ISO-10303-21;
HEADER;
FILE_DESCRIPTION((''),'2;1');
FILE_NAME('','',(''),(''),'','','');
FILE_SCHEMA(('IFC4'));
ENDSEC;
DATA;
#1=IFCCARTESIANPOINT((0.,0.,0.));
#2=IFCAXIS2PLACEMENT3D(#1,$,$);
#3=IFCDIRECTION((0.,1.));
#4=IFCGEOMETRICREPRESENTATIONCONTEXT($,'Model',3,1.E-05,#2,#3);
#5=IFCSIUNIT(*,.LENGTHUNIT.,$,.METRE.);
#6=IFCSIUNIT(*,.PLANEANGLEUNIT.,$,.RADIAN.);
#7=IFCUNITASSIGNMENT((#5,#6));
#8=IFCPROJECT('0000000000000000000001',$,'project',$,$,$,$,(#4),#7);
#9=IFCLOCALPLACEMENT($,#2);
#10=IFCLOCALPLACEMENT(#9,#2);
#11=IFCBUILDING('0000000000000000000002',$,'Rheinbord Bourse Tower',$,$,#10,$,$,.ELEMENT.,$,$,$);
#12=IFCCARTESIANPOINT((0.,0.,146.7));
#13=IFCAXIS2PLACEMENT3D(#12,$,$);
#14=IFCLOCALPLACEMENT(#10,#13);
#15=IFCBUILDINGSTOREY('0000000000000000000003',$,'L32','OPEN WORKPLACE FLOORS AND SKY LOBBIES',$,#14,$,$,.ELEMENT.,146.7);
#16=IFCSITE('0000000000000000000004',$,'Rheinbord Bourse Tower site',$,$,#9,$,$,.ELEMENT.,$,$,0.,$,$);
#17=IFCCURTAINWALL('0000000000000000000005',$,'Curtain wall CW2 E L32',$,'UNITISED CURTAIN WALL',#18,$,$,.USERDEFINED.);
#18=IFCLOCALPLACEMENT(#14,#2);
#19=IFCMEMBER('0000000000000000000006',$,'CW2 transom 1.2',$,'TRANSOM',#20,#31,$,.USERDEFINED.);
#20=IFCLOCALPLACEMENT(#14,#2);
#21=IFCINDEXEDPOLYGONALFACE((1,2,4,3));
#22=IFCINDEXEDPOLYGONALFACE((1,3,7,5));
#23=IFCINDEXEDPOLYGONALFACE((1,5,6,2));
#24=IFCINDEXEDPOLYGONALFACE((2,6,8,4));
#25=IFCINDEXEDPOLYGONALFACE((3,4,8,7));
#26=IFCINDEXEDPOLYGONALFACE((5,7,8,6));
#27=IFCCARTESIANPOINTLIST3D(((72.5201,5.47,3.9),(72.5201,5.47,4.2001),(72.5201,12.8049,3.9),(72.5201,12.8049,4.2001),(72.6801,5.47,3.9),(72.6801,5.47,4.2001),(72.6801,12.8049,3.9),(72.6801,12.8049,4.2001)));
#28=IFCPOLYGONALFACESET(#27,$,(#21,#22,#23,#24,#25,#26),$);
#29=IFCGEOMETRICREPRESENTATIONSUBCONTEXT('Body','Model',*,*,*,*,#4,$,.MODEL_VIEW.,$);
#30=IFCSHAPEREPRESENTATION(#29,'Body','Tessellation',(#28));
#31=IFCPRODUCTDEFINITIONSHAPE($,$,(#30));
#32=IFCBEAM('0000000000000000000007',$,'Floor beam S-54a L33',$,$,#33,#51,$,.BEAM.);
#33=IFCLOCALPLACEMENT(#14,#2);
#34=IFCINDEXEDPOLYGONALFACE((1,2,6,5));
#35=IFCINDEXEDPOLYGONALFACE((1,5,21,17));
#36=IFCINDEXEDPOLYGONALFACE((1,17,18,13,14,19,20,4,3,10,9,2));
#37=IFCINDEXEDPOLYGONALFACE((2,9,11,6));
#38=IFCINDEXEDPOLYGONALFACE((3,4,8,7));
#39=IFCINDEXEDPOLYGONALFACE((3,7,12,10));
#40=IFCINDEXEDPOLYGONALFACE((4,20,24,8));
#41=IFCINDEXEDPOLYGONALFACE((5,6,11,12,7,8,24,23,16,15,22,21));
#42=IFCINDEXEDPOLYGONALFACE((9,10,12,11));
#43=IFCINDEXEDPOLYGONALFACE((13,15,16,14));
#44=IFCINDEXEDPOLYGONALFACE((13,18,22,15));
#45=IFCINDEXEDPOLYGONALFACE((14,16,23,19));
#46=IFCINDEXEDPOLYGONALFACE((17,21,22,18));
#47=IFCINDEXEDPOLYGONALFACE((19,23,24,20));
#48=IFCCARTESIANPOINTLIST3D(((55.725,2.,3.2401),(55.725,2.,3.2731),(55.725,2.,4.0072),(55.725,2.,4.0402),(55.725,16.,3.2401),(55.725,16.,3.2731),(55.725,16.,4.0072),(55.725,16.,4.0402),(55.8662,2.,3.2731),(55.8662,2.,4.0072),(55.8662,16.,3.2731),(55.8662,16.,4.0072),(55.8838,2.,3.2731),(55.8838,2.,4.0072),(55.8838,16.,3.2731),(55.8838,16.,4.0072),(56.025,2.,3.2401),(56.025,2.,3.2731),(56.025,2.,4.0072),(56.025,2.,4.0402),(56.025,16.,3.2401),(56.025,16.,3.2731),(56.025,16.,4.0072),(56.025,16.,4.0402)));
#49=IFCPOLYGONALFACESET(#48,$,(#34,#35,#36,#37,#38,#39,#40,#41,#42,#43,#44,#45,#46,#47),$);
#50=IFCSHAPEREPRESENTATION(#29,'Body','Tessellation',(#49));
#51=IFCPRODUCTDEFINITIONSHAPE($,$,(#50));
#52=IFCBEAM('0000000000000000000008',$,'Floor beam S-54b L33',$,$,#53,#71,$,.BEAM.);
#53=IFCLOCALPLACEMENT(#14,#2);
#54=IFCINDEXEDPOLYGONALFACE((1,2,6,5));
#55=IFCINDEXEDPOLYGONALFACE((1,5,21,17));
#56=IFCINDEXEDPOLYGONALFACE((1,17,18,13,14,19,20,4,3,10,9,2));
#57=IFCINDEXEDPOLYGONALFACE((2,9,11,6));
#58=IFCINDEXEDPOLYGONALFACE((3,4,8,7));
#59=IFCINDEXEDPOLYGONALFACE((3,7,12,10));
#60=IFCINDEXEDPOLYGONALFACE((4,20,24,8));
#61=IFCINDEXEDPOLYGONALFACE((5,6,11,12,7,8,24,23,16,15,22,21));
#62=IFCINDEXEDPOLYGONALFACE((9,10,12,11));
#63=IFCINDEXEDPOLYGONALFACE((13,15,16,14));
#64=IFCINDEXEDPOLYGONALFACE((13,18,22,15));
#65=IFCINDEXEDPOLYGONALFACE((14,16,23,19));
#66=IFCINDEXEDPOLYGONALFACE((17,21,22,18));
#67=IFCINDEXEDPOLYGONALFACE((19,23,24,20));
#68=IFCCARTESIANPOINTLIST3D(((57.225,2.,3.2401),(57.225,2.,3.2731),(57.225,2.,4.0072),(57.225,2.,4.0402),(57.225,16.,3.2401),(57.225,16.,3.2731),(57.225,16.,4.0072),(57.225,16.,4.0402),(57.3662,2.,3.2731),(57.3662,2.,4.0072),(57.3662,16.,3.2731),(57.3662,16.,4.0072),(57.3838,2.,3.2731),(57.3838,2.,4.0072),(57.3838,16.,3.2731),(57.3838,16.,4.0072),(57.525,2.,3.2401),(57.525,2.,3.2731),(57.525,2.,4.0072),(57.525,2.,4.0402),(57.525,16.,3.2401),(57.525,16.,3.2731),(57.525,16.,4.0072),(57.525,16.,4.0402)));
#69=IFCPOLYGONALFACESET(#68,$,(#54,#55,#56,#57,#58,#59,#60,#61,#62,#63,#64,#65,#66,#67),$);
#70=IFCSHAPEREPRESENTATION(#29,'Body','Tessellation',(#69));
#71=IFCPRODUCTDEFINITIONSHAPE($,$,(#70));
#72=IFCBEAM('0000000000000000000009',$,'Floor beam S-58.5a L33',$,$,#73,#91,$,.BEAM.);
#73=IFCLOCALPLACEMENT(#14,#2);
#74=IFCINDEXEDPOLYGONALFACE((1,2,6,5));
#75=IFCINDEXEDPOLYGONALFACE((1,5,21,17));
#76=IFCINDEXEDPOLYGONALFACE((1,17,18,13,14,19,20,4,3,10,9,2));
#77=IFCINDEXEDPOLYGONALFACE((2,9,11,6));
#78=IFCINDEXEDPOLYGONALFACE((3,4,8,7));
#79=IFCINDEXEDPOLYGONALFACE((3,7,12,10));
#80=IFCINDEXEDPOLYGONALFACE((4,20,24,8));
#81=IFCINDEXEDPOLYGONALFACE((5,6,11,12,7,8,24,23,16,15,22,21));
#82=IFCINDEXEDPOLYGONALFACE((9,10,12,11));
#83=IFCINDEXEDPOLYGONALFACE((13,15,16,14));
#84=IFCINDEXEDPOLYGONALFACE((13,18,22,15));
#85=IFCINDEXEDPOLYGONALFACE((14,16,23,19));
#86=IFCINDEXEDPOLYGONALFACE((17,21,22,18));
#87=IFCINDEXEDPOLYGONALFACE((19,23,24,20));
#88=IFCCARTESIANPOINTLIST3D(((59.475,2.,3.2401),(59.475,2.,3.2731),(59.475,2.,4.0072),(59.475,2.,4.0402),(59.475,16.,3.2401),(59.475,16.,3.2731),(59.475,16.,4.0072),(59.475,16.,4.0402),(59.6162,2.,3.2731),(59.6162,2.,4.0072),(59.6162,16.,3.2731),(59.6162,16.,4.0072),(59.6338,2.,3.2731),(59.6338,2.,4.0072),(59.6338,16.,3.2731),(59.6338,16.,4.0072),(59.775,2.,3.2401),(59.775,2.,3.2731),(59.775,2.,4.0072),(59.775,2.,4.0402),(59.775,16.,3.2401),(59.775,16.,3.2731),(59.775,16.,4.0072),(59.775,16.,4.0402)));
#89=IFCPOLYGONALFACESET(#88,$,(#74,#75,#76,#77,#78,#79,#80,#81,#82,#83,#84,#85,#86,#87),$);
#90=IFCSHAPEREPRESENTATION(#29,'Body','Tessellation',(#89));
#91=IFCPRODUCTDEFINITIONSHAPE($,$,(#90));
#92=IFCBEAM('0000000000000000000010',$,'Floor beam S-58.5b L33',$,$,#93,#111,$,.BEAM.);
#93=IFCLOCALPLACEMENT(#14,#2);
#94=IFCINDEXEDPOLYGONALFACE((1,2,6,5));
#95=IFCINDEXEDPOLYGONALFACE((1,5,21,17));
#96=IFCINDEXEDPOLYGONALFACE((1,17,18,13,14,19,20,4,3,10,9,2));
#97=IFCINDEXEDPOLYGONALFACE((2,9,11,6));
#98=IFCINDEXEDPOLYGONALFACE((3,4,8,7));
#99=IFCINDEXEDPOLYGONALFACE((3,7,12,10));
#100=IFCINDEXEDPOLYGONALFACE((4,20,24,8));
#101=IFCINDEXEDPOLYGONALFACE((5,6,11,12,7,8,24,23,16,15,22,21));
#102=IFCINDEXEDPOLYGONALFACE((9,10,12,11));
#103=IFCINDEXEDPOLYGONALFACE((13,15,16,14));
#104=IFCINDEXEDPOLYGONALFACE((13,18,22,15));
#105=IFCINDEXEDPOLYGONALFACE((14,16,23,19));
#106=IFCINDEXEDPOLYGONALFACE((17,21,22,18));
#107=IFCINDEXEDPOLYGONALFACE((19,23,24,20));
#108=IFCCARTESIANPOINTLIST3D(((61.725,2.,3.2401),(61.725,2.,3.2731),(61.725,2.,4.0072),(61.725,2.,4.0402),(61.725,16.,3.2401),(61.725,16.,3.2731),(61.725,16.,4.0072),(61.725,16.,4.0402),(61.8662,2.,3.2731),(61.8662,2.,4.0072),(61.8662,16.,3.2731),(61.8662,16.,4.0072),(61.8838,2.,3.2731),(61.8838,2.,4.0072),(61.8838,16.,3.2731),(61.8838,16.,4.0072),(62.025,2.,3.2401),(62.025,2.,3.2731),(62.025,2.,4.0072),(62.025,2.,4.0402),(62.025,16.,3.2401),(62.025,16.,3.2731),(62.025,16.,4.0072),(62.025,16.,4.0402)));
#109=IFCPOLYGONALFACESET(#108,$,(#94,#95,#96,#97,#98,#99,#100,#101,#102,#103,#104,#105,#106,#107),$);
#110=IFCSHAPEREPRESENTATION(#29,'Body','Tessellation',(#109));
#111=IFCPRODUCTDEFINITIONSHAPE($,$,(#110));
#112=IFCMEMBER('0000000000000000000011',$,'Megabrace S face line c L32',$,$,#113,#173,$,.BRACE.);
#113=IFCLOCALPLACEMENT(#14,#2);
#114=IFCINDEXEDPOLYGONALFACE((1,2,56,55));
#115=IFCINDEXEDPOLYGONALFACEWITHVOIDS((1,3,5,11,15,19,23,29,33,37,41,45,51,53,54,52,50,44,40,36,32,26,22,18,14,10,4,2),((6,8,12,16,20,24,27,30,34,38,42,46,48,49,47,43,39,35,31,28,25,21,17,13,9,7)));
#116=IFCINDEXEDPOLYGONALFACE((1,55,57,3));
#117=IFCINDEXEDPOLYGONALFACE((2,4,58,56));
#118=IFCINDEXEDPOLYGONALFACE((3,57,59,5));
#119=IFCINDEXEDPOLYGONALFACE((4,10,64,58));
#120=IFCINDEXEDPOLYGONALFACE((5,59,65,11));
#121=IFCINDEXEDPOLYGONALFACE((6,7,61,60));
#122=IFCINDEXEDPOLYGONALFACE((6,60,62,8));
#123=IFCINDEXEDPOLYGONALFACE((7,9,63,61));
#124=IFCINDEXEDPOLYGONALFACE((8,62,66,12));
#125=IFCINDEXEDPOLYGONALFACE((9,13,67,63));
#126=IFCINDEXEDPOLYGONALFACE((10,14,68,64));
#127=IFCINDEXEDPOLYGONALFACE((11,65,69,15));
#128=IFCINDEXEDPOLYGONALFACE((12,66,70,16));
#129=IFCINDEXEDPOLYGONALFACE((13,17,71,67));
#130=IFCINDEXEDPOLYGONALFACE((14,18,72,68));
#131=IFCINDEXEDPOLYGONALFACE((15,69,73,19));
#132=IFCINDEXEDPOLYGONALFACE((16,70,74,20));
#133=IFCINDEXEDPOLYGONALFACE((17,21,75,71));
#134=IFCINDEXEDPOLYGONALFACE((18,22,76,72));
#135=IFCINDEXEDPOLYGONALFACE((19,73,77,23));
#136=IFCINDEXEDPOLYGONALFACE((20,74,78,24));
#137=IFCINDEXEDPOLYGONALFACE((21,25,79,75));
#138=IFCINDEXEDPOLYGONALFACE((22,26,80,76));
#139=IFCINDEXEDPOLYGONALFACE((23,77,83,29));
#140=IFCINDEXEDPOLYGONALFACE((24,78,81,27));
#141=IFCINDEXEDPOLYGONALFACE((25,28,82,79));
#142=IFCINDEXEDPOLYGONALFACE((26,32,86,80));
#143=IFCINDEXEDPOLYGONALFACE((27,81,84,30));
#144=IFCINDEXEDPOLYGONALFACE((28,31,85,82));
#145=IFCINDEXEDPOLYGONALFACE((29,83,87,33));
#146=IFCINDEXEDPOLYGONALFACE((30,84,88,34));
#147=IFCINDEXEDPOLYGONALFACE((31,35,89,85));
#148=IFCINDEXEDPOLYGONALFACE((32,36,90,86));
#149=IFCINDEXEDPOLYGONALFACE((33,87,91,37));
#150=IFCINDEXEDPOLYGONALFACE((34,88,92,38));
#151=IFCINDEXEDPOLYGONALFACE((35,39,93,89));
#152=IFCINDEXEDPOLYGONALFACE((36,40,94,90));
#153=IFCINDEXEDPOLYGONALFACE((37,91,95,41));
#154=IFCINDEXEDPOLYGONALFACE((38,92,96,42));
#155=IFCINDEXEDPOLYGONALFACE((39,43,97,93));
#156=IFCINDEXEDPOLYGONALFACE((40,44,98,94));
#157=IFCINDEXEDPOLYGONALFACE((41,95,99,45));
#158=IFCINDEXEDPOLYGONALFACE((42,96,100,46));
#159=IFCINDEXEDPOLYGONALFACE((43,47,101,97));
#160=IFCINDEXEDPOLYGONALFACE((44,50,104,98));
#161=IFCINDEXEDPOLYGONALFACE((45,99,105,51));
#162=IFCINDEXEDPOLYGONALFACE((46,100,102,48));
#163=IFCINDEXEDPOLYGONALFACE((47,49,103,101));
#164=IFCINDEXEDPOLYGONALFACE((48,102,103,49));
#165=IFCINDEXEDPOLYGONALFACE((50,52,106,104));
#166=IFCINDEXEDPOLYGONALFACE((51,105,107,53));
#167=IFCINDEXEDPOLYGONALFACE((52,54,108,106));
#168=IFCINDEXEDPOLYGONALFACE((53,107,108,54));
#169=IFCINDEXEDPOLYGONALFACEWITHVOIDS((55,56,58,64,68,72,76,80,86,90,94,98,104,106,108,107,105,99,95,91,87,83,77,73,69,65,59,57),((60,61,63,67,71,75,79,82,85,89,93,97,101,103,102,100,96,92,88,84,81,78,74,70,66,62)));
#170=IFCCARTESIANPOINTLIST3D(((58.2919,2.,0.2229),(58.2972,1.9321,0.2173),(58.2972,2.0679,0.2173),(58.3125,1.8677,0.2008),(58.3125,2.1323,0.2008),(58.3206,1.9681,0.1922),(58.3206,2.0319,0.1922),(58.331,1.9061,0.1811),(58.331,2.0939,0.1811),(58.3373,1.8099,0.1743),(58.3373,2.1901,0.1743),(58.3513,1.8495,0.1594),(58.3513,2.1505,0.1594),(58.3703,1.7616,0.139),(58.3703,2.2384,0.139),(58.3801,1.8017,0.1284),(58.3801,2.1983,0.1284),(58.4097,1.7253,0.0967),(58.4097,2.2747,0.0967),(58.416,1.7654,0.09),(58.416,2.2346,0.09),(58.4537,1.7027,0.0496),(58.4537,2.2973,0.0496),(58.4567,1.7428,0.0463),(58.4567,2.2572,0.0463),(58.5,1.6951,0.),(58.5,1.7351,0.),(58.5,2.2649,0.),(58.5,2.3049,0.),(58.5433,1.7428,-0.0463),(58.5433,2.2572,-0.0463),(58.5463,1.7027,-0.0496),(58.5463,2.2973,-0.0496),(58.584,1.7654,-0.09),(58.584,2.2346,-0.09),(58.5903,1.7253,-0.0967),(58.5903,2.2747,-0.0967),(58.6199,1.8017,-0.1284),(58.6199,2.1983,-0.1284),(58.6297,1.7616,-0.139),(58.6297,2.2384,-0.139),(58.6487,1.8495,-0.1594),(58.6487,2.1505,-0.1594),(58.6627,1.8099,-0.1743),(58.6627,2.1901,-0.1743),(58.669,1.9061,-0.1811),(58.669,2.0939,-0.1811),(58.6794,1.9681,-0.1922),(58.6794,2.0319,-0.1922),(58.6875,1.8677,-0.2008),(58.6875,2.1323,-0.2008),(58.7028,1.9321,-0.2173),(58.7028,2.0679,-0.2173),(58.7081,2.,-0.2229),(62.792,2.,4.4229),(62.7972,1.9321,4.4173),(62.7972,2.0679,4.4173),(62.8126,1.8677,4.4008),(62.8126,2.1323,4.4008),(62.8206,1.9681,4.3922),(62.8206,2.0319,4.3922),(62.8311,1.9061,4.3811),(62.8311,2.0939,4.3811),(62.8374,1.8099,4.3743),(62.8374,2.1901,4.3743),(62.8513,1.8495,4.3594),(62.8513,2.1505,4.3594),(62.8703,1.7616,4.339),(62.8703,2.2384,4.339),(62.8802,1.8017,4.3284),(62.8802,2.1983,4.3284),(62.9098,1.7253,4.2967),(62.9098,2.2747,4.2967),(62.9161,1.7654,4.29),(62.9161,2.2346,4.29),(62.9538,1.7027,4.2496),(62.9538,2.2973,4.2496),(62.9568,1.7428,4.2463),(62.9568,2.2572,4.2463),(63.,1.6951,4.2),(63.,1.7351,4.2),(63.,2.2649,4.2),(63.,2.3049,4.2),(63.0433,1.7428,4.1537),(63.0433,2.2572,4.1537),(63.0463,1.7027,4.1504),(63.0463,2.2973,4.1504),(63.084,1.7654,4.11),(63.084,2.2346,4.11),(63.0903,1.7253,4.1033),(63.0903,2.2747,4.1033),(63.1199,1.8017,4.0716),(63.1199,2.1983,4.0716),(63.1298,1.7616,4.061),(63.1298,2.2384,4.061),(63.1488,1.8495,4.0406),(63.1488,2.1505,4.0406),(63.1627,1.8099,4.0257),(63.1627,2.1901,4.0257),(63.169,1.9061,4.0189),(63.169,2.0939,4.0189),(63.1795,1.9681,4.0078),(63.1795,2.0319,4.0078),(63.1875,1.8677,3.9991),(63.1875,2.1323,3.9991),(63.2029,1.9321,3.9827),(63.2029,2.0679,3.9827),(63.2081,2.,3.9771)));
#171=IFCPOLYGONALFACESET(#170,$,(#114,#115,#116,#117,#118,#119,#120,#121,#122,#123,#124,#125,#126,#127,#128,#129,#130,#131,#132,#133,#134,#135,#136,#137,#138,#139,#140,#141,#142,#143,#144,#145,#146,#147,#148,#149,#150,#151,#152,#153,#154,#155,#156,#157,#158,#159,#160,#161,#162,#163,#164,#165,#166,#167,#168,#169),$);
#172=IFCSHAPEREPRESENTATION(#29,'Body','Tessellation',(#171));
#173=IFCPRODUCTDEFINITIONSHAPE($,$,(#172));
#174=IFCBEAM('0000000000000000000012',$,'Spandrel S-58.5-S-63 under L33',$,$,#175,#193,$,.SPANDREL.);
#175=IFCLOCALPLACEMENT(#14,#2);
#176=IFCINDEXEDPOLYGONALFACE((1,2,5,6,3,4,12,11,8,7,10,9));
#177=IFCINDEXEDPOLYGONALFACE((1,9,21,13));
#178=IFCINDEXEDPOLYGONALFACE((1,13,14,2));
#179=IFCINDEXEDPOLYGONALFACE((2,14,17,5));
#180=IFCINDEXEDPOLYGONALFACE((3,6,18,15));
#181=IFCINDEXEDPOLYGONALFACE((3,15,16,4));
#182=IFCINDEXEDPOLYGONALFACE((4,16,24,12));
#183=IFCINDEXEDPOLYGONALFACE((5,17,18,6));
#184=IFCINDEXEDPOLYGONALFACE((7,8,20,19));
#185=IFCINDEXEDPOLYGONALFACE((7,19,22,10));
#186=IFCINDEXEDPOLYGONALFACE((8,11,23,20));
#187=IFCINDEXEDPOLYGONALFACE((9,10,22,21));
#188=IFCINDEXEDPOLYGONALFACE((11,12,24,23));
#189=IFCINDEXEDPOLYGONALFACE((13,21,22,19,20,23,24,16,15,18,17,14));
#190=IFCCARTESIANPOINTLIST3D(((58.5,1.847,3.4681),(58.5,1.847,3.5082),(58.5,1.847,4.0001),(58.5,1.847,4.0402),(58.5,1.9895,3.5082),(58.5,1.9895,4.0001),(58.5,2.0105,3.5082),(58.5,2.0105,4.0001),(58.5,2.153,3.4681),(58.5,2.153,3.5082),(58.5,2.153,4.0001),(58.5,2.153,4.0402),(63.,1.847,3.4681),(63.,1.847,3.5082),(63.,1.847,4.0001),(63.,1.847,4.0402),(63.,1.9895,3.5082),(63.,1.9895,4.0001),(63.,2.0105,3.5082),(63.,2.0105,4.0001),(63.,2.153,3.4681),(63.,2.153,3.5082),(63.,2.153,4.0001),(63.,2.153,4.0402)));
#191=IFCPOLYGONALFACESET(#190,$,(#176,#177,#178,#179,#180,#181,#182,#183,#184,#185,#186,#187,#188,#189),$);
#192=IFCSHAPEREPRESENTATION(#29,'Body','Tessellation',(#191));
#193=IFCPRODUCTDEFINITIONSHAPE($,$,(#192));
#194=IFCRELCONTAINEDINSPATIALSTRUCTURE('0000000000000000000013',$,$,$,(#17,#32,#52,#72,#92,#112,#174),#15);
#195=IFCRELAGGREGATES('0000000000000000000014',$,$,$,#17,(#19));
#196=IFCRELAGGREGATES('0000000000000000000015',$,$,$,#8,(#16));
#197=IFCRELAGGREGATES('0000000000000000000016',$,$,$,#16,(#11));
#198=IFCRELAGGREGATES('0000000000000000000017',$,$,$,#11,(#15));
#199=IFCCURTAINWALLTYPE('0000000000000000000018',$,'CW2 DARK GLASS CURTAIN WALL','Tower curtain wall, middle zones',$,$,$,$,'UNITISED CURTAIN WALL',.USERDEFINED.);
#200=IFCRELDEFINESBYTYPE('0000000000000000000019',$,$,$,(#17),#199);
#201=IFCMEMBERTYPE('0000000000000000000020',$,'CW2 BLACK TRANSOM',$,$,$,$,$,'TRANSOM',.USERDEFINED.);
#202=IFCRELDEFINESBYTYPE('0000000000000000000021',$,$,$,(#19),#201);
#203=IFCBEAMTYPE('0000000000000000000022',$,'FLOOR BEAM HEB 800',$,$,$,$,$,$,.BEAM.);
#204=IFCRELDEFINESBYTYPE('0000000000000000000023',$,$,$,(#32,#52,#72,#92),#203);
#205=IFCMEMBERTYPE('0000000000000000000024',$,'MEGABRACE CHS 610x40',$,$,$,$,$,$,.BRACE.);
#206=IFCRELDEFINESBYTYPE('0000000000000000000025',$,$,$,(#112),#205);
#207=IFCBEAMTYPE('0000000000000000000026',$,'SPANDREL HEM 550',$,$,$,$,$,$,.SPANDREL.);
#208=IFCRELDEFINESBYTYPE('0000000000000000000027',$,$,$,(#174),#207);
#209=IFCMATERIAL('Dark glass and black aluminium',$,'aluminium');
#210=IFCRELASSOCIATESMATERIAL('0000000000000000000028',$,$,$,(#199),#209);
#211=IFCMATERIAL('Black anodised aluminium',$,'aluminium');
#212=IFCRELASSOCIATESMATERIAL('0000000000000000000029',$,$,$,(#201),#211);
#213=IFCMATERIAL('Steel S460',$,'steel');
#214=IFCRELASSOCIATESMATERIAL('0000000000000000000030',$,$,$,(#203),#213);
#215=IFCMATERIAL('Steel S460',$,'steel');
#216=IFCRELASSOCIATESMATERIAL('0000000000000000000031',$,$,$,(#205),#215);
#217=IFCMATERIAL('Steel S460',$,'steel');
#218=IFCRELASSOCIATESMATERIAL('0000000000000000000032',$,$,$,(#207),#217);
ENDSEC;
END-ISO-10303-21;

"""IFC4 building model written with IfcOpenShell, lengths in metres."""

from ifc_helpers import new_model, si_unit, direction, frame, origin, origin_2d, place, context, subcontext, project, spatial, rectangle, hollow_circle, i_section, extrude, material, material_profile, profile_set, type_object, element, aggregate, save


model = new_model("IFC4")

# Units and contexts
model_context = context("Model", 3, precision=1e-05, world=origin(), true_north=direction((0.0, 1.0)))
body_context = subcontext(model_context, "Body", "Model", "MODEL_VIEW")
ifc_project = project(units=[si_unit("LENGTHUNIT", "METRE"), si_unit("PLANEANGLEUNIT", "RADIAN")], contexts=[model_context])

# Site, building, storey
site_placement = place(None, origin())
site = spatial("IfcSite", under=ifc_project, at=site_placement, Name="Rheinbord Bourse Tower site", CompositionType="ELEMENT", RefElevation=0.0)
building_placement = place(site_placement, origin())
building = spatial("IfcBuilding", under=site, at=building_placement, Name="Rheinbord Bourse Tower", CompositionType="ELEMENT")
storey_placement = place(building_placement, frame((0.0, 0.0, 146.7)))
storey = spatial("IfcBuildingStorey", under=building, at=storey_placement, Name="L32", Description="OPEN WORKPLACE FLOORS AND SKY LOBBIES", CompositionType="ELEMENT", Elevation=146.7)

# Shared definitions
ifc_material_1 = material(Name="Dark glass and black aluminium", Category="aluminium")
curtain_wall_type = type_object("IfcCurtainWallType", Name="CW2 DARK GLASS CURTAIN WALL", Description="Tower curtain wall, middle zones", ElementType="UNITISED CURTAIN WALL", PredefinedType="USERDEFINED", material=ifc_material_1)

# Curtain wall
curtain_wall_1_placement = place(storey_placement, origin())
curtain_wall_1 = element("IfcCurtainWall", 1, at=curtain_wall_1_placement, inside=storey, type_object=curtain_wall_type, Name="Curtain wall CW2 E L32", ObjectType="UNITISED CURTAIN WALL", PredefinedType="USERDEFINED")

# Member
ifc_material_2 = material(Name="Black anodised aluminium", Category="aluminium")
ifc_material_profile_1 = material_profile(ifc_material_2, rectangle(XDim=0.1599, YDim=0.3, at=origin_2d()), Name="CW2 TRANSOM 300x160")
ifc_profile_set_1 = profile_set([ifc_material_profile_1], Name="Black anodised aluminium")
member_type_1 = type_object("IfcMemberType", Name="CW2 BLACK TRANSOM", ElementType="TRANSOM", PredefinedType="USERDEFINED", material=ifc_profile_set_1)
member_1_placement = place(storey_placement, frame((72.6001, 5.47, 4.05), z_axis=(0.0, 1.0, 0.0), x_axis=(-1.0, 0.0, 0.0)))
member_1 = element("IfcMember", 2, at=member_1_placement, type_object=member_type_1, Name="CW2 transom 1.2", ObjectType="TRANSOM", PredefinedType="USERDEFINED", context=body_context, shape_type="SweptSolid", body=[
    extrude(rectangle(XDim=0.1599, YDim=0.3, at=origin_2d()), origin(), (0.0, 0.0, 1.0), 7.335),
])

# Beams
ifc_material_3 = material(Name="Steel S460", Category="steel")
ifc_material_profile_2 = material_profile(ifc_material_3, i_section(OverallWidth=0.3, OverallDepth=0.8, WebThickness=0.0176, FlangeThickness=0.033, at=origin_2d()), Name="HEB 800")
ifc_profile_set_2 = profile_set([ifc_material_profile_2], Name="Steel S460")
beam_type_1 = type_object("IfcBeamType", Name="FLOOR BEAM HEB 800", PredefinedType="BEAM", material=ifc_profile_set_2)
for number, where, z_axis, x_axis, name in (
    (3, (55.875, 2.0, 3.6401), (0.0, 1.0, 0.0), (-1.0, 0.0, 0.0), "Floor beam S-54a L33"),
    (4, (57.375, 2.0, 3.6401), (0.0, 1.0, 0.0), (-1.0, 0.0, 0.0), "Floor beam S-54b L33"),
    (5, (59.625, 2.0, 3.6401), (0.0, 1.0, 0.0), (-1.0, 0.0, 0.0), "Floor beam S-58.5a L33"),
    (6, (61.875, 2.0, 3.6401), (0.0, 1.0, 0.0), (-1.0, 0.0, 0.0), "Floor beam S-58.5b L33"),
):
    element("IfcBeam", number, at=place(storey_placement, frame(where, z_axis=z_axis, x_axis=x_axis)), inside=storey, type_object=beam_type_1, Name=name, PredefinedType="BEAM", context=body_context, shape_type="SweptSolid", body=[
        extrude(i_section(OverallWidth=0.3, OverallDepth=0.8, WebThickness=0.0176, FlangeThickness=0.033, at=origin_2d()), origin(), (0.0, 0.0, 1.0), 14.0),
    ])

# Member
ifc_material_4 = material(Name="Steel S460", Category="steel")
ifc_material_profile_3 = material_profile(ifc_material_4, hollow_circle(Radius=0.3049, WallThickness=0.04, at=origin_2d()), Name="CHS 610x40")
ifc_profile_set_3 = profile_set([ifc_material_profile_3], Name="Steel S460")
member_type_2 = type_object("IfcMemberType", Name="MEGABRACE CHS 610x40", PredefinedType="BRACE", material=ifc_profile_set_3)
member_2_placement = place(storey_placement, frame((58.5, 2.0, 0.0), z_axis=(0.731059, 0.0, 0.682314), x_axis=(0.0, 1.0, 0.0)))
element("IfcMember", 7, at=member_2_placement, inside=storey, type_object=member_type_2, Name="Megabrace S face line c L32", PredefinedType="BRACE", context=body_context, shape_type="SweptSolid", body=[
    extrude(hollow_circle(Radius=0.3049, WallThickness=0.04, at=origin_2d()), origin(), (0.0, 0.0, 1.0), 6.1555),
])

# Beam
ifc_material_5 = material(Name="Steel S460", Category="steel")
ifc_material_profile_4 = material_profile(ifc_material_5, i_section(OverallWidth=0.3059, OverallDepth=0.572, WebThickness=0.021, FlangeThickness=0.04, at=origin_2d()), Name="HEM 550")
ifc_profile_set_4 = profile_set([ifc_material_profile_4], Name="Steel S460")
beam_type_2 = type_object("IfcBeamType", Name="SPANDREL HEM 550", PredefinedType="SPANDREL", material=ifc_profile_set_4)
for number, where, z_axis, x_axis, name in (
    (8, (58.5, 2.0, 3.7542), (1.0, 0.0, 0.0), (0.0, 1.0, 0.0), "Spandrel S-58.5-S-63 under L33"),
):
    element("IfcBeam", number, at=place(storey_placement, frame(where, z_axis=z_axis, x_axis=x_axis)), inside=storey, type_object=beam_type_2, Name=name, PredefinedType="SPANDREL", context=body_context, shape_type="SweptSolid", body=[
        extrude(i_section(OverallWidth=0.3059, OverallDepth=0.572, WebThickness=0.021, FlangeThickness=0.04, at=origin_2d()), origin(), (0.0, 0.0, 1.0), 4.5),
    ])

aggregate(curtain_wall_1, [member_1])

save(model, "model.ifc")
